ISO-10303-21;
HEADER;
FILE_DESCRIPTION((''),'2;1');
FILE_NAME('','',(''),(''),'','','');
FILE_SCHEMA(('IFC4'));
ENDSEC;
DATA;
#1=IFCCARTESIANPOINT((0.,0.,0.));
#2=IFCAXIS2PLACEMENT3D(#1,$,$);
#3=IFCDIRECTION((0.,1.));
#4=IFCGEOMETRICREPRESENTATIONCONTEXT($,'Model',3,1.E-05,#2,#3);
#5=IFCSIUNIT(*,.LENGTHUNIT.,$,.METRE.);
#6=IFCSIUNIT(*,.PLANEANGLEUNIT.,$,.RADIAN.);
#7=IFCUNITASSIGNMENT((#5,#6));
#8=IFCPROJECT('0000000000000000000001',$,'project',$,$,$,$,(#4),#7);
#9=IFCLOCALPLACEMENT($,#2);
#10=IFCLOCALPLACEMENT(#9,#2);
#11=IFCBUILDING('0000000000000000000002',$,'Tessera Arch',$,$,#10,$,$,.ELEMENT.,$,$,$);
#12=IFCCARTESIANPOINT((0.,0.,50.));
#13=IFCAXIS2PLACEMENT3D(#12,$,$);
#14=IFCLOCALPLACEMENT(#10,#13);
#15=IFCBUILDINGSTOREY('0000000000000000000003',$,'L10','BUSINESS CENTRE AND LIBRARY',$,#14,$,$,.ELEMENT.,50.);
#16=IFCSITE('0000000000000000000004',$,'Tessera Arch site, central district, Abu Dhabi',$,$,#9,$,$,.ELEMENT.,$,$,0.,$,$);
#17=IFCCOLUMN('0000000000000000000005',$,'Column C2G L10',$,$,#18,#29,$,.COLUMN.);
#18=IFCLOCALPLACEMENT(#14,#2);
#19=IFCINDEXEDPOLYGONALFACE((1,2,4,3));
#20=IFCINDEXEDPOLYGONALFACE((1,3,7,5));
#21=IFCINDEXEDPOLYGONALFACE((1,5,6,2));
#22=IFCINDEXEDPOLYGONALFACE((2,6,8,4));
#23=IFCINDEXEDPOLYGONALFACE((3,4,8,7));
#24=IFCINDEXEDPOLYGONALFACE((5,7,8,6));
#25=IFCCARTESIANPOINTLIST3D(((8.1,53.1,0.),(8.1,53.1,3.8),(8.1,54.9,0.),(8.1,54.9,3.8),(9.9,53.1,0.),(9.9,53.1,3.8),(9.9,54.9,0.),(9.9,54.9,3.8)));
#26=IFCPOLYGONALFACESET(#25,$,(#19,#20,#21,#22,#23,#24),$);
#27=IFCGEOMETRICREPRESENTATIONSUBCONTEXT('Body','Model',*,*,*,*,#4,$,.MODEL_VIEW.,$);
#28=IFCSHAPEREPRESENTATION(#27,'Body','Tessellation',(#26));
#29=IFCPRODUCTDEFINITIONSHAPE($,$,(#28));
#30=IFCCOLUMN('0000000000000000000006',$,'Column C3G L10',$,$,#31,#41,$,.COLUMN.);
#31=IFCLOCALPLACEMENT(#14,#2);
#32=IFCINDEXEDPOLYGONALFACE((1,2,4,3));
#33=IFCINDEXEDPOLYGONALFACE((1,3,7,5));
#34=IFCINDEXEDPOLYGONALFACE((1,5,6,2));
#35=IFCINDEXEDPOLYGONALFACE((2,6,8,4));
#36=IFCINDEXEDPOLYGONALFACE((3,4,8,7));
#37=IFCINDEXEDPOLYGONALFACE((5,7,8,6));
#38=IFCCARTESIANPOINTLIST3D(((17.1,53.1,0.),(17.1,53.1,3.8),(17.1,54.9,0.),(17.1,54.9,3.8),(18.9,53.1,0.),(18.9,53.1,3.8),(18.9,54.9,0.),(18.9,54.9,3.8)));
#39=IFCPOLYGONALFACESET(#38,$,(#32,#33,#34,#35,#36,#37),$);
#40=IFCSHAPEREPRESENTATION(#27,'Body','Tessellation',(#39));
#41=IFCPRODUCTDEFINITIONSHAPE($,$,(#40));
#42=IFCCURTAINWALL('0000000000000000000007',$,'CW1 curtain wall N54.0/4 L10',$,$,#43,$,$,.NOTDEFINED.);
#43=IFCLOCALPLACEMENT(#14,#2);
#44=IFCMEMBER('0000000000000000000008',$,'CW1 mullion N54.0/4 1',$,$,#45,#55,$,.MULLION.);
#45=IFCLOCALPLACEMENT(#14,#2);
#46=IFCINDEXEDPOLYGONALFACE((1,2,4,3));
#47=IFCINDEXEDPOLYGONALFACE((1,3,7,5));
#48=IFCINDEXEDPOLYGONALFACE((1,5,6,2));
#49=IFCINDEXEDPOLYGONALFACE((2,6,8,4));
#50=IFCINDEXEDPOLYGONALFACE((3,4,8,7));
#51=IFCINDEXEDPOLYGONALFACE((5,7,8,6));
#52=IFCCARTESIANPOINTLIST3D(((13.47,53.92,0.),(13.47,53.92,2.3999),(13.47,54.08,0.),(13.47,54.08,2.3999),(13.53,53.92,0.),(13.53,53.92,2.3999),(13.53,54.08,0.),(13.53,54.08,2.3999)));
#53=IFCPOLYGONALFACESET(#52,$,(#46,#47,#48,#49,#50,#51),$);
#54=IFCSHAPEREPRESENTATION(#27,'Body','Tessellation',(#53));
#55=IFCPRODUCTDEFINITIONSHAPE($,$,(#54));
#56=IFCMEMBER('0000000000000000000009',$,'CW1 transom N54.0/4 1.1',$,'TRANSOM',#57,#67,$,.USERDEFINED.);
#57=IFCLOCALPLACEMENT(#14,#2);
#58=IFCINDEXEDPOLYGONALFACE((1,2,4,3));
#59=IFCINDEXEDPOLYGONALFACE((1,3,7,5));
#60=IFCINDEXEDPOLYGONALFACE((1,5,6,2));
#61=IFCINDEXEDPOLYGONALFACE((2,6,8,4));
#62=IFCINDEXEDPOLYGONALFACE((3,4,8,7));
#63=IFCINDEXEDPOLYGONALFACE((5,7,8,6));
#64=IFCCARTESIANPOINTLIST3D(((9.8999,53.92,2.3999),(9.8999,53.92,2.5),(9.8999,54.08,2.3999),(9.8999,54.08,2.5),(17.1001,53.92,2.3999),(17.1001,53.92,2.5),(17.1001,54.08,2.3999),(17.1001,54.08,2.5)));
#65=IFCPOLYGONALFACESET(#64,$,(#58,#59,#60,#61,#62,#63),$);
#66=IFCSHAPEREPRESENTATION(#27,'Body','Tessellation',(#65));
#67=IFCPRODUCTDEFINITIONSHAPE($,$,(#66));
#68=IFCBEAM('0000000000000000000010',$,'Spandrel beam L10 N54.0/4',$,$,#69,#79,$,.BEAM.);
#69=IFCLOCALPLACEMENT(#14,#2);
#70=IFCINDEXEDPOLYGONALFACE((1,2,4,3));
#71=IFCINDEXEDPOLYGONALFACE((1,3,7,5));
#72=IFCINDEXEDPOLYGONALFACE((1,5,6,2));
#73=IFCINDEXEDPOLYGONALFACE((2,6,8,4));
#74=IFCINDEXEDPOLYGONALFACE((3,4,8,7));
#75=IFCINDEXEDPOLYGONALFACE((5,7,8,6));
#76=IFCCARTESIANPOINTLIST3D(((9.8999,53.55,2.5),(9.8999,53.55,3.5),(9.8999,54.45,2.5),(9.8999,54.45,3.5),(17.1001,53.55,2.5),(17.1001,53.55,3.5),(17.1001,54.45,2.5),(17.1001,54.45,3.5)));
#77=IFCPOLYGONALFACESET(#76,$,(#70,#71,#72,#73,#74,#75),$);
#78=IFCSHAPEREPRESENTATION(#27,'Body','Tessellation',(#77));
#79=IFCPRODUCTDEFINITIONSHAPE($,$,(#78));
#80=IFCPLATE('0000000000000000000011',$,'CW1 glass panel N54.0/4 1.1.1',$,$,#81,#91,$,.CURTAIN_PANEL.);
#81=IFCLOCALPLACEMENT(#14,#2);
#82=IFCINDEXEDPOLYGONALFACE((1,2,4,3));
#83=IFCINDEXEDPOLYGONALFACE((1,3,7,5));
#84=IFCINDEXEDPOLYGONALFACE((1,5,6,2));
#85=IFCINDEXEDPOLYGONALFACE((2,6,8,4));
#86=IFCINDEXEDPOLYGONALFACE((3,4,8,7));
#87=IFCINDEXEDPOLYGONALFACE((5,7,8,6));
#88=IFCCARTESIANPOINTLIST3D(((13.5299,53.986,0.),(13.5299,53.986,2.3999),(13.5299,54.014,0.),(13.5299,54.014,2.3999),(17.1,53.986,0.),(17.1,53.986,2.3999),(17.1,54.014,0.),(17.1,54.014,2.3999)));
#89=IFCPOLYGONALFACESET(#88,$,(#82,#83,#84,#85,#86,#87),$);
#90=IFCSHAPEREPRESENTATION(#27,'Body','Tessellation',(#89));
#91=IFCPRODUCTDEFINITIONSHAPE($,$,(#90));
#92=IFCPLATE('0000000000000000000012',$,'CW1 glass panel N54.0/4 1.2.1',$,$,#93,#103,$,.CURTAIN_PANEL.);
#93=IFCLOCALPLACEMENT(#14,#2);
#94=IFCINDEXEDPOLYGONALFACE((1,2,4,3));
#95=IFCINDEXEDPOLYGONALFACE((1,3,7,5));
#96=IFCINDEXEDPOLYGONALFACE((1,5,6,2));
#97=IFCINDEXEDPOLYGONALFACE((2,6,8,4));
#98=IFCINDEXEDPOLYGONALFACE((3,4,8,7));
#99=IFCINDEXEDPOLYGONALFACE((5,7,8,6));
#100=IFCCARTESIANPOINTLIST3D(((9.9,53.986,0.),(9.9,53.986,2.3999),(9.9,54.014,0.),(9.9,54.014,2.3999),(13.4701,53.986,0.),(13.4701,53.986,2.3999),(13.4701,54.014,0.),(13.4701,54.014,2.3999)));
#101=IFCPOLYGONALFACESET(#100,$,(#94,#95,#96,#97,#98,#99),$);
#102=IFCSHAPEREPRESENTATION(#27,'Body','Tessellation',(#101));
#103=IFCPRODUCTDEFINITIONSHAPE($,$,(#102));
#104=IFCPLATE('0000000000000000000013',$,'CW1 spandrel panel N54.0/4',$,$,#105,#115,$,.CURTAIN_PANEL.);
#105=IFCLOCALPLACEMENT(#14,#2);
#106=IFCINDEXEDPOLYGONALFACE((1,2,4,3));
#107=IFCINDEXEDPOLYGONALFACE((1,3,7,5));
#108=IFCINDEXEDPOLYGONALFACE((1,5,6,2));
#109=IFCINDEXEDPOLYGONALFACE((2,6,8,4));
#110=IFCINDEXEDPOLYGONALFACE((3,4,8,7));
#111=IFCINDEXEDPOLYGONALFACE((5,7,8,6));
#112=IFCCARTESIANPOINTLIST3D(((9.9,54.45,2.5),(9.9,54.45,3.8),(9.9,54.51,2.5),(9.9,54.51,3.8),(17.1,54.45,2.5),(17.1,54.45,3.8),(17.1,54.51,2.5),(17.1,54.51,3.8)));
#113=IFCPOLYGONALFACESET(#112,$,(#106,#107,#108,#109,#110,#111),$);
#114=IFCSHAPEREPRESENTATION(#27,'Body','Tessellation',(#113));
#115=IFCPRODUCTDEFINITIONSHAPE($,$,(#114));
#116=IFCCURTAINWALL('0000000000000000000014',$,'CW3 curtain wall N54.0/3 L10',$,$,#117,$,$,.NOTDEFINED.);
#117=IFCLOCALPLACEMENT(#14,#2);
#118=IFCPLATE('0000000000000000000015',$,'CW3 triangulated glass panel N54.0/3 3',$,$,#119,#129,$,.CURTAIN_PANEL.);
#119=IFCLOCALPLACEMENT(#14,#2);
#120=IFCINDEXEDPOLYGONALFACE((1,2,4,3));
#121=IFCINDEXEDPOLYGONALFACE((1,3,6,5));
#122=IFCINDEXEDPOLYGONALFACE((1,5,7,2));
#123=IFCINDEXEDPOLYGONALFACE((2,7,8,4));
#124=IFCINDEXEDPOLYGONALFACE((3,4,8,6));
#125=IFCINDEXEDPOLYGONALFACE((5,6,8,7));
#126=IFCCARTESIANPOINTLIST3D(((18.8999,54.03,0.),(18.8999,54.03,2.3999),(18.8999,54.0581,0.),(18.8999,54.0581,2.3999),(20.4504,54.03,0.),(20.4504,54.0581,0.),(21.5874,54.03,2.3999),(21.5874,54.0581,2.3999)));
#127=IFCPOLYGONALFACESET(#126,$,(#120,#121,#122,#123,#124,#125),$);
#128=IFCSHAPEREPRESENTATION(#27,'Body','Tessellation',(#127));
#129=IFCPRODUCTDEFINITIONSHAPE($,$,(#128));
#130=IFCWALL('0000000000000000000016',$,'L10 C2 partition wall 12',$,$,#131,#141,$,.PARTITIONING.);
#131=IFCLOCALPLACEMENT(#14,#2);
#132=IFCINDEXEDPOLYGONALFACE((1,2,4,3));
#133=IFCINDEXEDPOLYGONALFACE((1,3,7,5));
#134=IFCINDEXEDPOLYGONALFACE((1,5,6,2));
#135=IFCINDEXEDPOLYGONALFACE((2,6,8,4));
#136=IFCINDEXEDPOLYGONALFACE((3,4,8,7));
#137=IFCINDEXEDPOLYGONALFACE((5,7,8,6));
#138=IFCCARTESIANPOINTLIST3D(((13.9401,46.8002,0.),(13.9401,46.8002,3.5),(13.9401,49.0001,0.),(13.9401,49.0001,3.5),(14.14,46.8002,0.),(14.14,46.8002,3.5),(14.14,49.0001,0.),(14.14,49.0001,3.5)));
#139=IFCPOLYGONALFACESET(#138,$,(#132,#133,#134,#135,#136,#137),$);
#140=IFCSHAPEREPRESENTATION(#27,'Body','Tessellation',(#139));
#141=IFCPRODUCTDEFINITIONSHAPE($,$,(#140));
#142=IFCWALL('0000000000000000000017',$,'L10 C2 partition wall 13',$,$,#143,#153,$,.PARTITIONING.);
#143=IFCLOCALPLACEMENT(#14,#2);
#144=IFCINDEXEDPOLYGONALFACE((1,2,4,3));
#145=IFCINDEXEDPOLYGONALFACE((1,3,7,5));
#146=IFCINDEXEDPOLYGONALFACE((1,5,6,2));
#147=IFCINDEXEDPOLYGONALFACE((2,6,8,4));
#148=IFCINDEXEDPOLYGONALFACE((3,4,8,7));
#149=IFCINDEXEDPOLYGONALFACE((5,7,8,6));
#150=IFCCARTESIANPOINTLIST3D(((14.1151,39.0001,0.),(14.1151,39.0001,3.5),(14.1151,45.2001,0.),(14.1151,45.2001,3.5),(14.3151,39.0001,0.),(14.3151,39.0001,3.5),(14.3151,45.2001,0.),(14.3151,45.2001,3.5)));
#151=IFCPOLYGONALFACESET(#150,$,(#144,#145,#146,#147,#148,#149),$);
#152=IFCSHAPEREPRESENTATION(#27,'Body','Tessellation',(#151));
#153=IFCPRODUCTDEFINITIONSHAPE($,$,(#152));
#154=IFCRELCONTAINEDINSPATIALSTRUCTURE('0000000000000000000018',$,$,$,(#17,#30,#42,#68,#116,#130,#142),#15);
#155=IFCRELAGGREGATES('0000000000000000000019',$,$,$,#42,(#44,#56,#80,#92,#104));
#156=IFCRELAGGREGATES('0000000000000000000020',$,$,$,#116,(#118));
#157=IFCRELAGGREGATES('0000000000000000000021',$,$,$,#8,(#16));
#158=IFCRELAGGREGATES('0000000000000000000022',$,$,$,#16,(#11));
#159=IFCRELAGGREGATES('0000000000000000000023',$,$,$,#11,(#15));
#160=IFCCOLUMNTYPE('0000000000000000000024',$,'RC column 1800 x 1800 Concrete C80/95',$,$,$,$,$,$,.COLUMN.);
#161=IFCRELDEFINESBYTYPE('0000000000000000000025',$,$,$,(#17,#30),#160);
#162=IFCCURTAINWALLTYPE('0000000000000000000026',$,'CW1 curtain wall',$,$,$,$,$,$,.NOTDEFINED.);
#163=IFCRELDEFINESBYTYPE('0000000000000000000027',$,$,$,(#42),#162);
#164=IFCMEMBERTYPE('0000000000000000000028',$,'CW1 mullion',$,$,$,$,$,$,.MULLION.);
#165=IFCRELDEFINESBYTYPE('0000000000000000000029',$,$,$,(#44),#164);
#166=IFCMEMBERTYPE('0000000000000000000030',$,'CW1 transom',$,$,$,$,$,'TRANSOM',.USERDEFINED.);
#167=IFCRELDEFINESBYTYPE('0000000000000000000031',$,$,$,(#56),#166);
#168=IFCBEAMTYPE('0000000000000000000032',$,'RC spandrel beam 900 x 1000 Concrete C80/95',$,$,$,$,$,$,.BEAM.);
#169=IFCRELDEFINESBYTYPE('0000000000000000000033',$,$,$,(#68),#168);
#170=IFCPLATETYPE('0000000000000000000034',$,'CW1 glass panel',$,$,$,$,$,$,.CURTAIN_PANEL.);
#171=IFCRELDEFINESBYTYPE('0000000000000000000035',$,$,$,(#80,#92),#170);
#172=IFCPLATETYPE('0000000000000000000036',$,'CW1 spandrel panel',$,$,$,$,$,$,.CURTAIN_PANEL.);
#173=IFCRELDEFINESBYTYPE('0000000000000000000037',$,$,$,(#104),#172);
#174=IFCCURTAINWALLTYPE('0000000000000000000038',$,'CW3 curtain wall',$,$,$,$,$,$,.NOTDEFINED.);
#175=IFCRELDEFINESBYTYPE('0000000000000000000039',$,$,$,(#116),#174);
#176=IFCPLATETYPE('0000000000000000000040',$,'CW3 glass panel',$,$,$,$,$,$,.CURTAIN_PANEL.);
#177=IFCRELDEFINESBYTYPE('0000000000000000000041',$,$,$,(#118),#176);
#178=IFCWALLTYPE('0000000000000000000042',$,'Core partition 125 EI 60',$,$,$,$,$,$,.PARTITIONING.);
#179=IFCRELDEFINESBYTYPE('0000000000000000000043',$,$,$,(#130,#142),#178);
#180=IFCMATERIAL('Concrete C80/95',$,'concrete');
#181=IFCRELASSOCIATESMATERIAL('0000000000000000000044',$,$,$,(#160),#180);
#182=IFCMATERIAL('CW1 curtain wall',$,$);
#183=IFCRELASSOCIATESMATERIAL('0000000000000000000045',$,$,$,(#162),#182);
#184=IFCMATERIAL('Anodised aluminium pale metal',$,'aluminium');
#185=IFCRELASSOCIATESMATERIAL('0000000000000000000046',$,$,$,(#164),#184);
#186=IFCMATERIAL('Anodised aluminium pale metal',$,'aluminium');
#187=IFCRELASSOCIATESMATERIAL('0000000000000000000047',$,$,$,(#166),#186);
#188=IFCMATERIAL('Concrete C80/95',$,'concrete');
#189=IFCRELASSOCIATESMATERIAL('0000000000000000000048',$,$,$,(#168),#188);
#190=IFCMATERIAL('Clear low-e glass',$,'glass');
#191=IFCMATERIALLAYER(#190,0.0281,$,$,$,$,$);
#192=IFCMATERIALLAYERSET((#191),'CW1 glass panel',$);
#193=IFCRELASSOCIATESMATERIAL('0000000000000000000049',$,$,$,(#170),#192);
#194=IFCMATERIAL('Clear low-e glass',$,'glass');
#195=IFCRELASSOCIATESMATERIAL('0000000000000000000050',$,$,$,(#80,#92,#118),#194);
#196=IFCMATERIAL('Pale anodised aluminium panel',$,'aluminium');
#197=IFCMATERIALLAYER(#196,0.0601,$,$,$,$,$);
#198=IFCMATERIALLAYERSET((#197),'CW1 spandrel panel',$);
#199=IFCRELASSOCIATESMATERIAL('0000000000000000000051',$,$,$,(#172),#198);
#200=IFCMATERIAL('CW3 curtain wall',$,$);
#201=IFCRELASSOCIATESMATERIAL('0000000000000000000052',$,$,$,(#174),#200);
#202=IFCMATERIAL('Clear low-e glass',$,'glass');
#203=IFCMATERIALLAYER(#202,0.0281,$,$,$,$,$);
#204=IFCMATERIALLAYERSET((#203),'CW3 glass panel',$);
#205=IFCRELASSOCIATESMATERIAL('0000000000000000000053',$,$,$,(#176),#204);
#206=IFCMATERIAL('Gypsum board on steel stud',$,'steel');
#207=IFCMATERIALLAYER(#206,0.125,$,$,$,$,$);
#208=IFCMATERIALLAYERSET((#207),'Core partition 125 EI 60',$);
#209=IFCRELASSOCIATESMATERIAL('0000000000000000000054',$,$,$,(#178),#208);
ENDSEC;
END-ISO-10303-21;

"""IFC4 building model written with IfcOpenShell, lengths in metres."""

from ifc_helpers import new_model, si_unit, direction, frame, frame_2d, origin, origin_2d, place, context, subcontext, project, spatial, polyline, rectangle, outline, extrude, material, layer, layer_set, material_profile, profile_set, type_object, element, aggregate, save


model = new_model("IFC4")

# Units and contexts
model_context = context("Model", 3, precision=1e-05, world=origin(), true_north=direction((0.0, 1.0)))
body_context = subcontext(model_context, "Body", "Model", "MODEL_VIEW")
ifc_project = project(units=[si_unit("LENGTHUNIT", "METRE"), si_unit("PLANEANGLEUNIT", "RADIAN")], contexts=[model_context])

# Site, building, storey
site_placement = place(None, origin())
site = spatial("IfcSite", under=ifc_project, at=site_placement, Name="Tessera Arch site, central district, Abu Dhabi", CompositionType="ELEMENT", RefElevation=0.0)
building_placement = place(site_placement, origin())
building = spatial("IfcBuilding", under=site, at=building_placement, Name="Tessera Arch", CompositionType="ELEMENT")
storey_placement = place(building_placement, frame((0.0, 0.0, 50.0)))
storey = spatial("IfcBuildingStorey", under=building, at=storey_placement, Name="L10", Description="BUSINESS CENTRE AND LIBRARY", CompositionType="ELEMENT", Elevation=50.0)

# Columns
ifc_material_1 = material(Name="Concrete C80/95", Category="concrete")
ifc_material_profile_1 = material_profile(ifc_material_1, rectangle(XDim=1.8, YDim=1.8, at=origin_2d()), Name="RC column 1800 x 1800 Concrete C80/95")
ifc_profile_set_1 = profile_set([ifc_material_profile_1], Name="Concrete C80/95")
column_type = type_object("IfcColumnType", Name="RC column 1800 x 1800 Concrete C80/95", PredefinedType="COLUMN", material=ifc_profile_set_1)
for number, where, z_axis, x_axis, name in (
    (1, (9.0, 54.0, 0.0), (0.0, 0.0, 1.0), (1.0, 0.0, 0.0), "Column C2G L10"),
    (2, (18.0, 54.0, 0.0), (0.0, 0.0, 1.0), (1.0, 0.0, 0.0), "Column C3G L10"),
):
    element("IfcColumn", number, at=place(storey_placement, frame(where, z_axis=z_axis, x_axis=x_axis)), inside=storey, type_object=column_type, Name=name, PredefinedType="COLUMN", context=body_context, shape_type="SweptSolid", body=[
        extrude(rectangle(XDim=1.8, YDim=1.8, at=origin_2d()), origin(), (0.0, 0.0, 1.0), 3.8),
    ])

# Curtain wall, members
ifc_material_2 = material(Name="CW1 curtain wall")
curtain_wall_type_1 = type_object("IfcCurtainWallType", Name="CW1 curtain wall", PredefinedType="NOTDEFINED", material=ifc_material_2)
curtain_wall_1_placement = place(storey_placement, origin())
curtain_wall_1 = element("IfcCurtainWall", 3, at=curtain_wall_1_placement, inside=storey, type_object=curtain_wall_type_1, Name="CW1 curtain wall N54.0/4 L10", PredefinedType="NOTDEFINED")
ifc_material_3 = material(Name="Anodised aluminium pale metal", Category="aluminium")
ifc_material_profile_2 = material_profile(ifc_material_3, rectangle(XDim=0.1599, YDim=0.0601, at=origin_2d()), Name="AL 60x160")
ifc_profile_set_2 = profile_set([ifc_material_profile_2], Name="Anodised aluminium pale metal")
member_type_1 = type_object("IfcMemberType", Name="CW1 mullion", PredefinedType="MULLION", material=ifc_profile_set_2)
member_1_placement = place(storey_placement, frame((13.5, 54.0, 0.0), z_axis=(0.0, 0.0, 1.0), x_axis=(0.0, -1.0, 0.0)))
member_1 = element("IfcMember", 4, at=member_1_placement, type_object=member_type_1, Name="CW1 mullion N54.0/4 1", PredefinedType="MULLION", context=body_context, shape_type="SweptSolid", body=[
    extrude(rectangle(XDim=0.1599, YDim=0.0601, at=origin_2d()), origin(), (0.0, 0.0, 1.0), 2.3999),
])
ifc_material_4 = material(Name="Anodised aluminium pale metal", Category="aluminium")
ifc_material_profile_3 = material_profile(ifc_material_4, rectangle(XDim=0.1599, YDim=0.1001, at=origin_2d()), Name="AL 160x100")
ifc_profile_set_3 = profile_set([ifc_material_profile_3], Name="Anodised aluminium pale metal")
member_type_2 = type_object("IfcMemberType", Name="CW1 transom", ElementType="TRANSOM", PredefinedType="USERDEFINED", material=ifc_profile_set_3)
member_2_placement = place(storey_placement, frame((17.1001, 54.0, 2.45), z_axis=(-1.0, 0.0, 0.0), x_axis=(0.0, -1.0, 0.0)))
member_2 = element("IfcMember", 5, at=member_2_placement, type_object=member_type_2, Name="CW1 transom N54.0/4 1.1", ObjectType="TRANSOM", PredefinedType="USERDEFINED", context=body_context, shape_type="SweptSolid", body=[
    extrude(rectangle(XDim=0.1599, YDim=0.1001, at=origin_2d()), origin(), (0.0, 0.0, 1.0), 7.2002),
])

# Beam
ifc_material_5 = material(Name="Concrete C80/95", Category="concrete")
ifc_material_profile_4 = material_profile(ifc_material_5, rectangle(XDim=0.8999, YDim=1.0, at=origin_2d()), Name="RC spandrel beam 900 x 1000 Concrete C80/95")
ifc_profile_set_4 = profile_set([ifc_material_profile_4], Name="Concrete C80/95")
beam_type = type_object("IfcBeamType", Name="RC spandrel beam 900 x 1000 Concrete C80/95", PredefinedType="BEAM", material=ifc_profile_set_4)
beam_placement = place(storey_placement, frame((17.1001, 54.0, 3.0), z_axis=(-1.0, 0.0, 0.0), x_axis=(0.0, -1.0, 0.0)))
element("IfcBeam", 6, at=beam_placement, inside=storey, type_object=beam_type, Name="Spandrel beam L10 N54.0/4", PredefinedType="BEAM", context=body_context, shape_type="SweptSolid", body=[
    extrude(rectangle(XDim=0.8999, YDim=1.0, at=origin_2d()), origin(), (0.0, 0.0, 1.0), 7.2002),
])

# Plates
ifc_material_6 = material(Name="Clear low-e glass", Category="glass")
ifc_material_7 = material(Name="Clear low-e glass", Category="glass")
ifc_layer_1 = layer(ifc_material_7, 0.0281)
ifc_layer_set_1 = layer_set([ifc_layer_1], Name="CW1 glass panel")
plate_type_1 = type_object("IfcPlateType", Name="CW1 glass panel", PredefinedType="CURTAIN_PANEL", material=ifc_layer_set_1)
plate_1_placement = place(storey_placement, frame((15.3149, 54.0, 0.0), z_axis=(0.0, 0.0, 1.0), x_axis=(-1.0, 0.0, 0.0)))
plate_1 = element("IfcPlate", 7, at=plate_1_placement, type_object=plate_type_1, material=ifc_material_6, Name="CW1 glass panel N54.0/4 1.1.1", PredefinedType="CURTAIN_PANEL", context=body_context, shape_type="SweptSolid", body=[
    extrude(rectangle(XDim=3.5701, YDim=0.0281, at=origin_2d()), origin(), (0.0, 0.0, 1.0), 2.3999),
])
plate_2_placement = place(storey_placement, frame((11.6851, 54.0, 0.0), z_axis=(0.0, 0.0, 1.0), x_axis=(-1.0, 0.0, 0.0)))
plate_2 = element("IfcPlate", 8, at=plate_2_placement, type_object=plate_type_1, material=ifc_material_6, Name="CW1 glass panel N54.0/4 1.2.1", PredefinedType="CURTAIN_PANEL", context=body_context, shape_type="SweptSolid", body=[
    extrude(rectangle(XDim=3.5701, YDim=0.0281, at=origin_2d()), origin(), (0.0, 0.0, 1.0), 2.3999),
])
ifc_material_8 = material(Name="Pale anodised aluminium panel", Category="aluminium")
ifc_layer_2 = layer(ifc_material_8, 0.0601)
ifc_layer_set_2 = layer_set([ifc_layer_2], Name="CW1 spandrel panel")
plate_type_2 = type_object("IfcPlateType", Name="CW1 spandrel panel", PredefinedType="CURTAIN_PANEL", material=ifc_layer_set_2)
plate_3_placement = place(storey_placement, frame((13.5, 54.48, 2.5), z_axis=(0.0, 0.0, 1.0), x_axis=(-1.0, 0.0, 0.0)))
plate_3 = element("IfcPlate", 9, at=plate_3_placement, type_object=plate_type_2, Name="CW1 spandrel panel N54.0/4", PredefinedType="CURTAIN_PANEL", context=body_context, shape_type="SweptSolid", body=[
    extrude(rectangle(XDim=7.2, YDim=0.0601, at=origin_2d()), origin(), (0.0, 0.0, 1.0), 1.3),
])
aggregate(curtain_wall_1, [member_1, member_2, plate_1, plate_2, plate_3])

# Curtain wall, plate
ifc_material_9 = material(Name="CW3 curtain wall")
curtain_wall_type_2 = type_object("IfcCurtainWallType", Name="CW3 curtain wall", PredefinedType="NOTDEFINED", material=ifc_material_9)
curtain_wall_2_placement = place(storey_placement, origin())
curtain_wall_2 = element("IfcCurtainWall", 10, at=curtain_wall_2_placement, inside=storey, type_object=curtain_wall_type_2, Name="CW3 curtain wall N54.0/3 L10", PredefinedType="NOTDEFINED")
ifc_material_10 = material(Name="Clear low-e glass", Category="glass")
ifc_layer_3 = layer(ifc_material_10, 0.0281)
ifc_layer_set_3 = layer_set([ifc_layer_3], Name="CW3 glass panel")
plate_type_3 = type_object("IfcPlateType", Name="CW3 glass panel", PredefinedType="CURTAIN_PANEL", material=ifc_layer_set_3)
plate_4_placement = place(storey_placement, frame((18.8999, 54.0581, 2.3999), z_axis=(0.0, 1.0, 0.0), x_axis=(1.0, 0.0, 0.0)))
plate_4 = element("IfcPlate", 11, at=plate_4_placement, type_object=plate_type_3, material=ifc_material_6, Name="CW3 triangulated glass panel N54.0/3 3", PredefinedType="CURTAIN_PANEL", context=body_context, shape_type="SweptSolid", body=[
    extrude(outline(polyline([(0.0, 0.0), (2.6875, 0.0), (1.5505, 2.3999), (0.0, 2.3999), (0.0, 0.0)])), origin(), (0.0, 0.0, -1.0), 0.0281),
])
aggregate(curtain_wall_2, [plate_4])

# Walls
ifc_material_11 = material(Name="Gypsum board on steel stud", Category="steel")
ifc_layer_4 = layer(ifc_material_11, 0.125)
ifc_layer_set_4 = layer_set([ifc_layer_4], Name="Core partition 125 EI 60")
wall_type_1 = type_object("IfcWallType", Name="Core partition 125 EI 60", PredefinedType="PARTITIONING", material=ifc_layer_set_4)
wall_1_placement = place(storey_placement, frame((14.04, 46.8, 0.0), z_axis=(0.0, 0.0, 1.0), x_axis=(0.0, 1.0, 0.0)))
element("IfcWall", 12, at=wall_1_placement, inside=storey, type_object=wall_type_1, Name="L10 C2 partition wall 12", PredefinedType="PARTITIONING", context=body_context, shape_type="SweptSolid", body=[
    extrude(rectangle(XDim=2.2, YDim=0.2, at=frame_2d((1.1001, 0.0))), origin(), (0.0, 0.0, 1.0), 3.5),
])
wall_2_placement = place(storey_placement, frame((14.2151, 39.0, 0.0), z_axis=(0.0, 0.0, 1.0), x_axis=(0.0, 1.0, 0.0)))
element("IfcWall", 13, at=wall_2_placement, inside=storey, type_object=wall_type_1, Name="L10 C2 partition wall 13", PredefinedType="PARTITIONING", context=body_context, shape_type="SweptSolid", body=[
    extrude(rectangle(XDim=6.2, YDim=0.2, at=frame_2d((3.1001, 0.0))), origin(), (0.0, 0.0, 1.0), 3.5),
])

save(model, "model.ifc")
